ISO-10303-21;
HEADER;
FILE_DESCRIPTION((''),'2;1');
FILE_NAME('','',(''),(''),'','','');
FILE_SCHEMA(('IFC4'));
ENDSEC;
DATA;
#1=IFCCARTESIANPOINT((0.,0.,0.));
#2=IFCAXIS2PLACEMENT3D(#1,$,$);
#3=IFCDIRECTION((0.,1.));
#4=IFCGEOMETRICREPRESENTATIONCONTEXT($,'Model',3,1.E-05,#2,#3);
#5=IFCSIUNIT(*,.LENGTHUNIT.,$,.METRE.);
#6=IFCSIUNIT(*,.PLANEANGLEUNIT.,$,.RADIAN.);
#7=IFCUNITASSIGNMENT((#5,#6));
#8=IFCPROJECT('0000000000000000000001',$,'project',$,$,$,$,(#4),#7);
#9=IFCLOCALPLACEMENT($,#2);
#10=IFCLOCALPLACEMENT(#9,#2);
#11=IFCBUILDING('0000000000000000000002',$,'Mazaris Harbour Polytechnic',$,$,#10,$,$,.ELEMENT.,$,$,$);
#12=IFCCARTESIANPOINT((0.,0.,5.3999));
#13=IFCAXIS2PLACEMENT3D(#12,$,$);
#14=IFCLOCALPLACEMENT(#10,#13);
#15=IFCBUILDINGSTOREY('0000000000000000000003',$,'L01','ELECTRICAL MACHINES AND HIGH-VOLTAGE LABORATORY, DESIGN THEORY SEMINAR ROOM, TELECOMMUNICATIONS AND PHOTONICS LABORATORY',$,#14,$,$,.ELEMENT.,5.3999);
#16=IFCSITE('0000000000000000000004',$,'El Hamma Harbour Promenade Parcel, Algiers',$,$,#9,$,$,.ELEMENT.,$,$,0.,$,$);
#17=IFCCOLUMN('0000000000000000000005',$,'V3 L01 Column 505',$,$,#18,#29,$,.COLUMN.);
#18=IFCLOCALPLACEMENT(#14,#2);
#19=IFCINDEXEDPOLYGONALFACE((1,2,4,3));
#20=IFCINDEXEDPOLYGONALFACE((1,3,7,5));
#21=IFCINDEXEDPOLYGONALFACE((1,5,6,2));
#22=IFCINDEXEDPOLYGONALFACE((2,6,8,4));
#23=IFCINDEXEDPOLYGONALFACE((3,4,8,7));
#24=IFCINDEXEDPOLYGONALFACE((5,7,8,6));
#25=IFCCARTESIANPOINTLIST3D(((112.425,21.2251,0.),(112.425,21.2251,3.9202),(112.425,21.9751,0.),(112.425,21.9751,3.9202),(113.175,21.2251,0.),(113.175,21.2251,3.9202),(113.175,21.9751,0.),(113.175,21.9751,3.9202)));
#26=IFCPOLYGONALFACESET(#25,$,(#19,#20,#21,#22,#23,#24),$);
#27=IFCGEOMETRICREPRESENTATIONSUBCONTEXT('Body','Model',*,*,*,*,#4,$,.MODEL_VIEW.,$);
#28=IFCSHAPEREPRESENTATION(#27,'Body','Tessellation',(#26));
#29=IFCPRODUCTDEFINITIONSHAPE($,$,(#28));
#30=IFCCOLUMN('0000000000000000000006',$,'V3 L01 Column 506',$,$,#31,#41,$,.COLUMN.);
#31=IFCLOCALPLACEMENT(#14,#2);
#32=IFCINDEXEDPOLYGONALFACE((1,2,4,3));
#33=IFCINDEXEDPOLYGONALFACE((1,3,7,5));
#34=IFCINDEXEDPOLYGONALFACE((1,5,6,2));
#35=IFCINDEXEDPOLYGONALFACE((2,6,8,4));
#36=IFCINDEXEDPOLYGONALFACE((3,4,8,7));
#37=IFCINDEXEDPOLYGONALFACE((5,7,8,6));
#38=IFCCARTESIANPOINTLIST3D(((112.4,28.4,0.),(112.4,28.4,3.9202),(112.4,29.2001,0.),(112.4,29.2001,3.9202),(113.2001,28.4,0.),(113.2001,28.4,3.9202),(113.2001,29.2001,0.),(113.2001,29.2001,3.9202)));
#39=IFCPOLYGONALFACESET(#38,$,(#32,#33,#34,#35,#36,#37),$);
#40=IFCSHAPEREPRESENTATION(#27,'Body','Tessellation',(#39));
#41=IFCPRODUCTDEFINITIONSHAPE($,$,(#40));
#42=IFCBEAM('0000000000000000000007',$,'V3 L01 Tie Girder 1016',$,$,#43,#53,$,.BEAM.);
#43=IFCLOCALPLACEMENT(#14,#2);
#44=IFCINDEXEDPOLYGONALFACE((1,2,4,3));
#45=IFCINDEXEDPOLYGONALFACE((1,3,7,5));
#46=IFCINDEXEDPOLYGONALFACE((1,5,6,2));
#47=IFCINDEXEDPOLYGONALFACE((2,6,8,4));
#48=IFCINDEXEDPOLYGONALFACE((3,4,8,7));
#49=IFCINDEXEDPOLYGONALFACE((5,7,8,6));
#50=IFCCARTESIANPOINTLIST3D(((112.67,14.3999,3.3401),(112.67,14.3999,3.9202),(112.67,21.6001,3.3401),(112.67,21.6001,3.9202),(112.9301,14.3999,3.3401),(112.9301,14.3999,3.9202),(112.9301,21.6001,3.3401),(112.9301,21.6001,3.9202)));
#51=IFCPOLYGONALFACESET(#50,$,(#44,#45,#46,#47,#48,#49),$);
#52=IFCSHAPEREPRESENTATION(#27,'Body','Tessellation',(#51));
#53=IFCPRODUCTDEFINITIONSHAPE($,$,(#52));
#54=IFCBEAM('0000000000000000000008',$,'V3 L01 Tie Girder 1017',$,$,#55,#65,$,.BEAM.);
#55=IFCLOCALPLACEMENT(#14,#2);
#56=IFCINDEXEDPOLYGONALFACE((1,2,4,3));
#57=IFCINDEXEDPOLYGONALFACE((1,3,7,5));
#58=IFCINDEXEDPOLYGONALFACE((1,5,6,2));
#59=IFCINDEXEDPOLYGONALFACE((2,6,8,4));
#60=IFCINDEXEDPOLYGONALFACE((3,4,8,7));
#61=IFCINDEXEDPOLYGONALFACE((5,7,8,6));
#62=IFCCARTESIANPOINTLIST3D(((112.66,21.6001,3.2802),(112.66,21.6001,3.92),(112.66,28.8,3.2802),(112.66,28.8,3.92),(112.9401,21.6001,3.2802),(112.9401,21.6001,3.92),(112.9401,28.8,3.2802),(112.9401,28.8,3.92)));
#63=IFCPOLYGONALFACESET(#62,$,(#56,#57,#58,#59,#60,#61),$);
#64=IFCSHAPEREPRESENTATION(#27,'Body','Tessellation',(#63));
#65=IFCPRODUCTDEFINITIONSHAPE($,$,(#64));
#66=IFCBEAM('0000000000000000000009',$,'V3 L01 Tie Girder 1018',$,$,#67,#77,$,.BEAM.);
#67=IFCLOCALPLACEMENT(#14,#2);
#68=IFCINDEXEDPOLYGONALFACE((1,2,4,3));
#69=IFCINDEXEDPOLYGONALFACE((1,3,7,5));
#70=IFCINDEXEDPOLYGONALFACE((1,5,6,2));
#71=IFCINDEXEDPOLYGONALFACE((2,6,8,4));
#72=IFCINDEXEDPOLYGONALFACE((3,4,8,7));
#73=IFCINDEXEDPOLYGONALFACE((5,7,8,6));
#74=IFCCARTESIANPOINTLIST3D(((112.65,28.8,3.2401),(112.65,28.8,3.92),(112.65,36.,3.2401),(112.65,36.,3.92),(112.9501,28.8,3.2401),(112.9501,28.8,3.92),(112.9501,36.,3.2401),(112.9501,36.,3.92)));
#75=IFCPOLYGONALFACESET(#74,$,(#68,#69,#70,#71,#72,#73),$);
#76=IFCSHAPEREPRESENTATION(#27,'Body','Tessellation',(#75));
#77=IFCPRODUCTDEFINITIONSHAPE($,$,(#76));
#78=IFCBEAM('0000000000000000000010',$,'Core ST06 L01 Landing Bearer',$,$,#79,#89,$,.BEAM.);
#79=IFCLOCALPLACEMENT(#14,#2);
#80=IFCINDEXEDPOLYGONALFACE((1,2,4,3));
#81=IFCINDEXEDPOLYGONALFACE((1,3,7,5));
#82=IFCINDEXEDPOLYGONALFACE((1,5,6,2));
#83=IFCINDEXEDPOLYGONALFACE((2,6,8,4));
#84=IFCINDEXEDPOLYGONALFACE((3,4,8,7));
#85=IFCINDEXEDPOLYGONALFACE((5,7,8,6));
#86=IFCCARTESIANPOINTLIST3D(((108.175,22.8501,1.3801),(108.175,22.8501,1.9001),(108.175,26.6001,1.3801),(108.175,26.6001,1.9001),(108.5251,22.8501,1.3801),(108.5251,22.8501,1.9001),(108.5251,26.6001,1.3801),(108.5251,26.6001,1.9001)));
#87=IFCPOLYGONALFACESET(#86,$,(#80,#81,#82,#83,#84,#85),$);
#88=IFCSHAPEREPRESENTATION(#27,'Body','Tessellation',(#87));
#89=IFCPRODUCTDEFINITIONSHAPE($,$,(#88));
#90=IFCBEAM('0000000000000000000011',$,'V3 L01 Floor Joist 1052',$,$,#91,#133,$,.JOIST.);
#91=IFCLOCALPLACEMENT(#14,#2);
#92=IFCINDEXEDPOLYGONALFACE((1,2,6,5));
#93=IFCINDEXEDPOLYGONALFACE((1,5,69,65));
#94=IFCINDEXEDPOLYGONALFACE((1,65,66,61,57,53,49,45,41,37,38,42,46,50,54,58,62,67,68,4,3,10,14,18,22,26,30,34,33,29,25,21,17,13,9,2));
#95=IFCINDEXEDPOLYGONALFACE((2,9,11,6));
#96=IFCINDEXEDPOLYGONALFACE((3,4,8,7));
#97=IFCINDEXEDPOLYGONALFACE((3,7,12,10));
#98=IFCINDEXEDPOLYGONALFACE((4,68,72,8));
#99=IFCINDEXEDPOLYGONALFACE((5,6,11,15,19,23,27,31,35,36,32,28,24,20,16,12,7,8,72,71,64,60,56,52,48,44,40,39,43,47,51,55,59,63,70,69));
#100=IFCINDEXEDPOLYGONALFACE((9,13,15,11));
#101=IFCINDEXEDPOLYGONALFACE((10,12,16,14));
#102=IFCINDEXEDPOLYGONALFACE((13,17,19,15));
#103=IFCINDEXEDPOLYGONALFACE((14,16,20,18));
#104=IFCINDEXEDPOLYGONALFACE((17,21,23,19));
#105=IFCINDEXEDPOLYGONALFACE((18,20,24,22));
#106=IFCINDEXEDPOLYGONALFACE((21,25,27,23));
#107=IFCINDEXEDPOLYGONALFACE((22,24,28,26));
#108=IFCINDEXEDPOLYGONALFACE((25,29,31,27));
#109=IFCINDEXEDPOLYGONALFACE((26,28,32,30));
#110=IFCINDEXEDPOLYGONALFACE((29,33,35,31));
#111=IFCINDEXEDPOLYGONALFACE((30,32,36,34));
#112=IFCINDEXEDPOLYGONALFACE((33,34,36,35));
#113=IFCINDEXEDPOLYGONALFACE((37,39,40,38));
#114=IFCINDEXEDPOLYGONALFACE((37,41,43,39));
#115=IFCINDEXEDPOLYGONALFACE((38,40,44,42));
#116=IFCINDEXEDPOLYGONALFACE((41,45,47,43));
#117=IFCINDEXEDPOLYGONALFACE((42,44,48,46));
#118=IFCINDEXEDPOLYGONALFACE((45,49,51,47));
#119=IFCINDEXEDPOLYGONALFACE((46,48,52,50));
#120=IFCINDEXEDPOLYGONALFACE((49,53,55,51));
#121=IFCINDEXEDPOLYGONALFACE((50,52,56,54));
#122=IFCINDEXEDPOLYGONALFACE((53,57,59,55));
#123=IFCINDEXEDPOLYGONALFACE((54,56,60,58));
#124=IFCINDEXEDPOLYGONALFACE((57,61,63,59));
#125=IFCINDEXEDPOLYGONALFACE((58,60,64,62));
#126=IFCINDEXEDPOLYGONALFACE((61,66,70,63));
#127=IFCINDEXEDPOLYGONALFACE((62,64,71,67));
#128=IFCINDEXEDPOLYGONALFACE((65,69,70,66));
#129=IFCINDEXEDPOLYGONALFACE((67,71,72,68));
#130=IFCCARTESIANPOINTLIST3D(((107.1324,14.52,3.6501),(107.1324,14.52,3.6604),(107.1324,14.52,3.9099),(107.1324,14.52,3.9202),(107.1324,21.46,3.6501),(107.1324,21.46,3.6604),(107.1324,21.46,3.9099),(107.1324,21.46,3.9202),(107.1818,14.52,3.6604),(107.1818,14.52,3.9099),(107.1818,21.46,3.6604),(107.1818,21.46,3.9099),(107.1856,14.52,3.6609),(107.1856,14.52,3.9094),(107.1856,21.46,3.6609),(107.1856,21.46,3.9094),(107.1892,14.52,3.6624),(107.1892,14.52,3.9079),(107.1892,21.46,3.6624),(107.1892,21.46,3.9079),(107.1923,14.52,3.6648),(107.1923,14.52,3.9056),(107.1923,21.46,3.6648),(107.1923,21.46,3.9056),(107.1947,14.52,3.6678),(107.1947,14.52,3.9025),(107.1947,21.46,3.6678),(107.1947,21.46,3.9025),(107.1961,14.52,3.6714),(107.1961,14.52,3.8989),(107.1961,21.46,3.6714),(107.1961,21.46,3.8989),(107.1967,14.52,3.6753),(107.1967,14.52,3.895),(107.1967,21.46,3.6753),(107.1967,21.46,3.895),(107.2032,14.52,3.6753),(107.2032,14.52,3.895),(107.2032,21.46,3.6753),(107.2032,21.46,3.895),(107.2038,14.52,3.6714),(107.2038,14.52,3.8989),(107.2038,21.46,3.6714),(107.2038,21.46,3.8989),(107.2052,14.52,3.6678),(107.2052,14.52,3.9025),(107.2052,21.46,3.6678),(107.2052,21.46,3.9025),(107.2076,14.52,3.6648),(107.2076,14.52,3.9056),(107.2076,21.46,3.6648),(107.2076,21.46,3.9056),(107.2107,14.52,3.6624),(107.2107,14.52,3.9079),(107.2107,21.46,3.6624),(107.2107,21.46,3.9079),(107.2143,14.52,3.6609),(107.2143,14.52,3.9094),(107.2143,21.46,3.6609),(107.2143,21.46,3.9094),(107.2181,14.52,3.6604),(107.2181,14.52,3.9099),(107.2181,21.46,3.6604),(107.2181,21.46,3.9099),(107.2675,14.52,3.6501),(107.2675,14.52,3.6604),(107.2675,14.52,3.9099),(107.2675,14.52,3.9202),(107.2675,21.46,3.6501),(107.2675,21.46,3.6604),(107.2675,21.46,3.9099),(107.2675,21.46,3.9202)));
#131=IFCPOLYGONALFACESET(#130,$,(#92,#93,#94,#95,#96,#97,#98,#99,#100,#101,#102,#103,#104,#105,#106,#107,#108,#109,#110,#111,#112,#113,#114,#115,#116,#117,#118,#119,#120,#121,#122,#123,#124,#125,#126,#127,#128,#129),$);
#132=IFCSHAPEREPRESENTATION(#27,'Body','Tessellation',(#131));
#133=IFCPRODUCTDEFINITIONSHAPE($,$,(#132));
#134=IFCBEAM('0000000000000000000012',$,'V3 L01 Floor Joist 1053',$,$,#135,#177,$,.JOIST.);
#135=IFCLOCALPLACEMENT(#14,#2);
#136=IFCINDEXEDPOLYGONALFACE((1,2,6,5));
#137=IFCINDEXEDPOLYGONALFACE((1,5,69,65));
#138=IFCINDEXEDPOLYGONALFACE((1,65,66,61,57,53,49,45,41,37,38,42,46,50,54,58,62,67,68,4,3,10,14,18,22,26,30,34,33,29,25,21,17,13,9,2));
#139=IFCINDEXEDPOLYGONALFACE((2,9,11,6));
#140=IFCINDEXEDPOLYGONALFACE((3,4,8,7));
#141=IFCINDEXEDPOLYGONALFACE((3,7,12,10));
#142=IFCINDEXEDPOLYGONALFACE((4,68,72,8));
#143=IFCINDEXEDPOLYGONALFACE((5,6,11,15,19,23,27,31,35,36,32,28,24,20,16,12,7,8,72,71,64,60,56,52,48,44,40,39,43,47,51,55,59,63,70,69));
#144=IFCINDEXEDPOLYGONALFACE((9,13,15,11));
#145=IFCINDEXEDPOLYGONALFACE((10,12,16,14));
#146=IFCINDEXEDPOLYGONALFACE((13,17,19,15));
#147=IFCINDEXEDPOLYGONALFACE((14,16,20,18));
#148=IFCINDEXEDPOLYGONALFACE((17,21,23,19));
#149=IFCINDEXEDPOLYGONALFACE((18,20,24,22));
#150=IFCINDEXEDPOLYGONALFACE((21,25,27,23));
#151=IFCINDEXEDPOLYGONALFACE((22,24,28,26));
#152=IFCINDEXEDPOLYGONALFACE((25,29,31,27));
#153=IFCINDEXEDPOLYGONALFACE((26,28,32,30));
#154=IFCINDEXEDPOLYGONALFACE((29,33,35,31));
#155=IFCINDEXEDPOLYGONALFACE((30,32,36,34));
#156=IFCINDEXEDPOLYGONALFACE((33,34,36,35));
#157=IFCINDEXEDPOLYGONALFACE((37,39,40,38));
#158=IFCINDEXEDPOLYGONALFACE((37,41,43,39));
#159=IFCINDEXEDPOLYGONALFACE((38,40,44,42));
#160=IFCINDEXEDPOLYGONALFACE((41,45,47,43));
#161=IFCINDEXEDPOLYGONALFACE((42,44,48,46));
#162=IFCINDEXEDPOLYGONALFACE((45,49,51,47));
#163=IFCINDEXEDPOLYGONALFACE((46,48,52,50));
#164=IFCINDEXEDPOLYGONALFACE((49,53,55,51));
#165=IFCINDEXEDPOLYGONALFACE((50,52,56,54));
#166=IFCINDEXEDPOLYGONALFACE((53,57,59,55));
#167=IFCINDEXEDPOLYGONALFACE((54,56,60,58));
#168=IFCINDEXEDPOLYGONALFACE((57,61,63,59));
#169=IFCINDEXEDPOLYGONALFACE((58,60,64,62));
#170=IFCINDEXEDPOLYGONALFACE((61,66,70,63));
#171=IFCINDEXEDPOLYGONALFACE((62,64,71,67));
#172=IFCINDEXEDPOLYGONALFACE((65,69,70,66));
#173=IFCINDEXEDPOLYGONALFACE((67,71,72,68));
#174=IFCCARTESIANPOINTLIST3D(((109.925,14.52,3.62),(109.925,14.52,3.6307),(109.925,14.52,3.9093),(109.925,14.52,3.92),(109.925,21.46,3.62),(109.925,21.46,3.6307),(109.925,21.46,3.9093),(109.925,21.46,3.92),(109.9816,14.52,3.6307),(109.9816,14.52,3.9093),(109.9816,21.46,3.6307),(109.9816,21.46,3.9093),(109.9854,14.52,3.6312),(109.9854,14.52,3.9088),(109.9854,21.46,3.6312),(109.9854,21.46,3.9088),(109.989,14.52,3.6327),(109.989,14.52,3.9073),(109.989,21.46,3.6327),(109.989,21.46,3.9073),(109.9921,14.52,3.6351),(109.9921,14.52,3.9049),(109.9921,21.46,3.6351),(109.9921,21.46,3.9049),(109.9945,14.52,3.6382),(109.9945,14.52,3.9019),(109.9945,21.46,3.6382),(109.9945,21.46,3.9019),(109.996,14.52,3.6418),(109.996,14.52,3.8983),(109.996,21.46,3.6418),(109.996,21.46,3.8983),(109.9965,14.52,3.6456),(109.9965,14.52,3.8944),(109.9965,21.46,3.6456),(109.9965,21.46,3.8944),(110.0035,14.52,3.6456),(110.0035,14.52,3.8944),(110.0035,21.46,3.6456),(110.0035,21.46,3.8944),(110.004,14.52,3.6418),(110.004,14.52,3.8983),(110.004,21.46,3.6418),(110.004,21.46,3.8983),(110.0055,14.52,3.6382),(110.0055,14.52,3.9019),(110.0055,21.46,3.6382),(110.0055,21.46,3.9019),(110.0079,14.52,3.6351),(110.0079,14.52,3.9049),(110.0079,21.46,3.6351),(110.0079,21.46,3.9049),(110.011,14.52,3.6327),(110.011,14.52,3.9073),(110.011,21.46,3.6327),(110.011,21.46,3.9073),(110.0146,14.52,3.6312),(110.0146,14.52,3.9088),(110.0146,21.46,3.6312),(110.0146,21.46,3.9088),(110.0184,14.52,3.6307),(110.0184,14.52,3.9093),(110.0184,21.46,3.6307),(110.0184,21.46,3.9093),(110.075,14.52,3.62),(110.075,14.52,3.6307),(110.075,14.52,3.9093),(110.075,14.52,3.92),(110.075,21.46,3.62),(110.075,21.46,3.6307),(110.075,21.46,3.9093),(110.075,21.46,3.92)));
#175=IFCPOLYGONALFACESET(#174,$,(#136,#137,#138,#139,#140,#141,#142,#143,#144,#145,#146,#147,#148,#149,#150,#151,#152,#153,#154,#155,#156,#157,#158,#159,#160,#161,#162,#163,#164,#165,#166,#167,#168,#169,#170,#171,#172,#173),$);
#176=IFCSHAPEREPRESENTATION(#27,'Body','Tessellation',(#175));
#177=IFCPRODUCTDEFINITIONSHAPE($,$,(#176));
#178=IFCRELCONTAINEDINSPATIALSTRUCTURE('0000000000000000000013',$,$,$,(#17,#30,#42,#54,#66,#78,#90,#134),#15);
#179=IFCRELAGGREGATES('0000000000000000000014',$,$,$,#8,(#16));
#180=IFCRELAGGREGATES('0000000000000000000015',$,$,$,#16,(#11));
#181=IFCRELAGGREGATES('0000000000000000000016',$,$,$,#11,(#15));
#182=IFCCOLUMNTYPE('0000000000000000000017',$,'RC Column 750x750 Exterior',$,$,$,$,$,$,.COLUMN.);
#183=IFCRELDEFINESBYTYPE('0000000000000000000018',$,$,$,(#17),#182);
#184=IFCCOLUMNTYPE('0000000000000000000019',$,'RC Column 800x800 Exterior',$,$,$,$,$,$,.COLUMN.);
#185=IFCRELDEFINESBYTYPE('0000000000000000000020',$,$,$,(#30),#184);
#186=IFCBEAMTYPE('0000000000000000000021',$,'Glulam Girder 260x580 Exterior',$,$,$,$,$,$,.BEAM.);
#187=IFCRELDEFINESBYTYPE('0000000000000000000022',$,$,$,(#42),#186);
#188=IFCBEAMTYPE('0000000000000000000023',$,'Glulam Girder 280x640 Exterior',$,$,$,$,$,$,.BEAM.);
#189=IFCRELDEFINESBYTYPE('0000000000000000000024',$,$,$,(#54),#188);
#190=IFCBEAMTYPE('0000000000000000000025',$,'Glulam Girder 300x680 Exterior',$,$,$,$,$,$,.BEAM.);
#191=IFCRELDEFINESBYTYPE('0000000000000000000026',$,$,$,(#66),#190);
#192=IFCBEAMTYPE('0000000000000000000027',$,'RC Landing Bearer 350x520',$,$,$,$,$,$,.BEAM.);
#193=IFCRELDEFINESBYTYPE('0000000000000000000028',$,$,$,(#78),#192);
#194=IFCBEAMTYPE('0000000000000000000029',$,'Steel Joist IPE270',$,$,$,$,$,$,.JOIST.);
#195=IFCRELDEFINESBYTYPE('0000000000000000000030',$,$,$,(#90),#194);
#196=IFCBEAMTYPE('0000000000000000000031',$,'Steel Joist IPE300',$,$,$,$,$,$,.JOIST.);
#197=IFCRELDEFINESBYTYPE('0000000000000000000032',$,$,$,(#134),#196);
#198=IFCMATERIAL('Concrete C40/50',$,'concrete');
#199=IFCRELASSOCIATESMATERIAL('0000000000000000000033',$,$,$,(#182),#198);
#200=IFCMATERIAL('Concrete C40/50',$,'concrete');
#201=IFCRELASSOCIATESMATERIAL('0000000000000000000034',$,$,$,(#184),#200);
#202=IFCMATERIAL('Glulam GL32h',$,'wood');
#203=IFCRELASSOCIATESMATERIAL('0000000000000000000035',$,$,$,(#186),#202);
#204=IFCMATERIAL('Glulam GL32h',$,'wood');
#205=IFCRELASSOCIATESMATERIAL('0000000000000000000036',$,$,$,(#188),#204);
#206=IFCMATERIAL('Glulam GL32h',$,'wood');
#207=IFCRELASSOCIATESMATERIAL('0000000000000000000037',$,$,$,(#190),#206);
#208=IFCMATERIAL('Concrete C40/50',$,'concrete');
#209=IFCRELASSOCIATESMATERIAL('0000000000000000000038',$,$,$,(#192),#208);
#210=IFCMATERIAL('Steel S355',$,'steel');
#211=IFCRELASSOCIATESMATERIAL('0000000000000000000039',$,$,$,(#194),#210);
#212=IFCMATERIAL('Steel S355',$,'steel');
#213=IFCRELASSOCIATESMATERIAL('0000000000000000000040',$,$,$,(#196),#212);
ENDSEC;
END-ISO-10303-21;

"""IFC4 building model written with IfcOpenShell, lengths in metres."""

from ifc_helpers import new_model, si_unit, direction, frame, origin, origin_2d, place, context, subcontext, project, spatial, rectangle, i_section, extrude, material, material_profile, profile_set, type_object, element, save


model = new_model("IFC4")

# Units and contexts
model_context = context("Model", 3, precision=1e-05, world=origin(), true_north=direction((0.0, 1.0)))
body_context = subcontext(model_context, "Body", "Model", "MODEL_VIEW")
ifc_project = project(units=[si_unit("LENGTHUNIT", "METRE"), si_unit("PLANEANGLEUNIT", "RADIAN")], contexts=[model_context])

# Site, building, storey
site_placement = place(None, origin())
site = spatial("IfcSite", under=ifc_project, at=site_placement, Name="El Hamma Harbour Promenade Parcel, Algiers", CompositionType="ELEMENT", RefElevation=0.0)
building_placement = place(site_placement, origin())
building = spatial("IfcBuilding", under=site, at=building_placement, Name="Mazaris Harbour Polytechnic", CompositionType="ELEMENT")
storey_placement = place(building_placement, frame((0.0, 0.0, 5.3999)))
storey = spatial("IfcBuildingStorey", under=building, at=storey_placement, Name="L01", Description="ELECTRICAL MACHINES AND HIGH-VOLTAGE LABORATORY, DESIGN THEORY SEMINAR ROOM, TELECOMMUNICATIONS AND PHOTONICS LABORATORY", CompositionType="ELEMENT", Elevation=5.3999)

# Columns
ifc_material_1 = material(Name="Concrete C40/50", Category="concrete")
ifc_material_profile_1 = material_profile(ifc_material_1, rectangle(XDim=0.75, YDim=0.75, at=origin_2d()), Name="RECT750x750")
ifc_profile_set_1 = profile_set([ifc_material_profile_1], Name="Concrete C40/50")
column_type_1 = type_object("IfcColumnType", Name="RC Column 750x750 Exterior", PredefinedType="COLUMN", material=ifc_profile_set_1)
column_1_placement = place(storey_placement, frame((112.8, 21.6001, 0.0), z_axis=(0.0, 0.0, 1.0), x_axis=(1.0, 0.0, 0.0)))
element("IfcColumn", 1, at=column_1_placement, inside=storey, type_object=column_type_1, Name="V3 L01 Column 505", PredefinedType="COLUMN", context=body_context, shape_type="SweptSolid", body=[
    extrude(rectangle(XDim=0.75, YDim=0.75, at=origin_2d()), origin(), (0.0, 0.0, 1.0), 3.9202),
])
ifc_material_2 = material(Name="Concrete C40/50", Category="concrete")
ifc_material_profile_2 = material_profile(ifc_material_2, rectangle(XDim=0.8, YDim=0.8, at=origin_2d()), Name="RECT800x800")
ifc_profile_set_2 = profile_set([ifc_material_profile_2], Name="Concrete C40/50")
column_type_2 = type_object("IfcColumnType", Name="RC Column 800x800 Exterior", PredefinedType="COLUMN", material=ifc_profile_set_2)
column_2_placement = place(storey_placement, frame((112.8, 28.8, 0.0), z_axis=(0.0, 0.0, 1.0), x_axis=(1.0, 0.0, 0.0)))
element("IfcColumn", 2, at=column_2_placement, inside=storey, type_object=column_type_2, Name="V3 L01 Column 506", PredefinedType="COLUMN", context=body_context, shape_type="SweptSolid", body=[
    extrude(rectangle(XDim=0.8, YDim=0.8, at=origin_2d()), origin(), (0.0, 0.0, 1.0), 3.9202),
])

# Beams
ifc_material_3 = material(Name="Glulam GL32h", Category="wood")
ifc_material_profile_3 = material_profile(ifc_material_3, rectangle(XDim=0.26, YDim=0.5801, at=origin_2d()), Name="RECT260x580")
ifc_profile_set_3 = profile_set([ifc_material_profile_3], Name="Glulam GL32h")
beam_type_1 = type_object("IfcBeamType", Name="Glulam Girder 260x580 Exterior", PredefinedType="BEAM", material=ifc_profile_set_3)
beam_1_placement = place(storey_placement, frame((112.8, 14.3999, 3.6301), z_axis=(0.0, 1.0, 0.0), x_axis=(-1.0, 0.0, 0.0)))
element("IfcBeam", 3, at=beam_1_placement, inside=storey, type_object=beam_type_1, Name="V3 L01 Tie Girder 1016", PredefinedType="BEAM", context=body_context, shape_type="SweptSolid", body=[
    extrude(rectangle(XDim=0.26, YDim=0.5801, at=origin_2d()), origin(), (0.0, 0.0, 1.0), 7.2002),
])
ifc_material_4 = material(Name="Glulam GL32h", Category="wood")
ifc_material_profile_4 = material_profile(ifc_material_4, rectangle(XDim=0.28, YDim=0.6399, at=origin_2d()), Name="RECT280x640")
ifc_profile_set_4 = profile_set([ifc_material_profile_4], Name="Glulam GL32h")
beam_type_2 = type_object("IfcBeamType", Name="Glulam Girder 280x640 Exterior", PredefinedType="BEAM", material=ifc_profile_set_4)
beam_2_placement = place(storey_placement, frame((112.8, 21.6001, 3.6001), z_axis=(0.0, 1.0, 0.0), x_axis=(-1.0, 0.0, 0.0)))
element("IfcBeam", 4, at=beam_2_placement, inside=storey, type_object=beam_type_2, Name="V3 L01 Tie Girder 1017", PredefinedType="BEAM", context=body_context, shape_type="SweptSolid", body=[
    extrude(rectangle(XDim=0.28, YDim=0.6399, at=origin_2d()), origin(), (0.0, 0.0, 1.0), 7.2),
])
ifc_material_5 = material(Name="Glulam GL32h", Category="wood")
ifc_material_profile_5 = material_profile(ifc_material_5, rectangle(XDim=0.3, YDim=0.6799, at=origin_2d()), Name="RECT300x680")
ifc_profile_set_5 = profile_set([ifc_material_profile_5], Name="Glulam GL32h")
beam_type_3 = type_object("IfcBeamType", Name="Glulam Girder 300x680 Exterior", PredefinedType="BEAM", material=ifc_profile_set_5)
beam_3_placement = place(storey_placement, frame((112.8, 28.8, 3.5801), z_axis=(0.0, 1.0, 0.0), x_axis=(-1.0, 0.0, 0.0)))
element("IfcBeam", 5, at=beam_3_placement, inside=storey, type_object=beam_type_3, Name="V3 L01 Tie Girder 1018", PredefinedType="BEAM", context=body_context, shape_type="SweptSolid", body=[
    extrude(rectangle(XDim=0.3, YDim=0.6799, at=origin_2d()), origin(), (0.0, 0.0, 1.0), 7.2),
])
ifc_material_6 = material(Name="Concrete C40/50", Category="concrete")
ifc_material_profile_6 = material_profile(ifc_material_6, rectangle(XDim=0.3501, YDim=0.52, at=origin_2d()), Name="RECT350x520")
ifc_profile_set_6 = profile_set([ifc_material_profile_6], Name="Concrete C40/50")
beam_type_4 = type_object("IfcBeamType", Name="RC Landing Bearer 350x520", PredefinedType="BEAM", material=ifc_profile_set_6)
beam_4_placement = place(storey_placement, frame((108.3501, 22.8501, 1.6401), z_axis=(0.0, 1.0, 0.0), x_axis=(-1.0, 0.0, 0.0)))
element("IfcBeam", 6, at=beam_4_placement, inside=storey, type_object=beam_type_4, Name="Core ST06 L01 Landing Bearer", PredefinedType="BEAM", context=body_context, shape_type="SweptSolid", body=[
    extrude(rectangle(XDim=0.3501, YDim=0.52, at=origin_2d()), origin(), (0.0, 0.0, 1.0), 3.75),
])
ifc_material_7 = material(Name="Steel S355", Category="steel")
ifc_material_profile_7 = material_profile(ifc_material_7, i_section(OverallWidth=0.135, OverallDepth=0.27, WebThickness=0.0066, FlangeThickness=0.0103, FilletRadius=0.0149, at=origin_2d()), Name="IPE 270")
ifc_profile_set_7 = profile_set([ifc_material_profile_7], Name="Steel S355")
beam_type_5 = type_object("IfcBeamType", Name="Steel Joist IPE270", PredefinedType="JOIST", material=ifc_profile_set_7)
beam_5_placement = place(storey_placement, frame((107.2, 14.52, 3.7852), z_axis=(0.0, 1.0, 0.0), x_axis=(-1.0, 0.0, 0.0)))
element("IfcBeam", 7, at=beam_5_placement, inside=storey, type_object=beam_type_5, Name="V3 L01 Floor Joist 1052", PredefinedType="JOIST", context=body_context, shape_type="SweptSolid", body=[
    extrude(i_section(OverallWidth=0.135, OverallDepth=0.27, WebThickness=0.0066, FlangeThickness=0.0103, FilletRadius=0.0149, at=origin_2d()), origin(), (0.0, 0.0, 1.0), 6.9399),
])
ifc_material_8 = material(Name="Steel S355", Category="steel")
ifc_material_profile_8 = material_profile(ifc_material_8, i_section(OverallWidth=0.1499, OverallDepth=0.3, WebThickness=0.0071, FlangeThickness=0.0107, FilletRadius=0.0149, at=origin_2d()), Name="IPE 300")
ifc_profile_set_8 = profile_set([ifc_material_profile_8], Name="Steel S355")
beam_type_6 = type_object("IfcBeamType", Name="Steel Joist IPE300", PredefinedType="JOIST", material=ifc_profile_set_8)
beam_6_placement = place(storey_placement, frame((110.0, 14.52, 3.77), z_axis=(0.0, 1.0, 0.0), x_axis=(-1.0, 0.0, 0.0)))
element("IfcBeam", 8, at=beam_6_placement, inside=storey, type_object=beam_type_6, Name="V3 L01 Floor Joist 1053", PredefinedType="JOIST", context=body_context, shape_type="SweptSolid", body=[
    extrude(i_section(OverallWidth=0.1499, OverallDepth=0.3, WebThickness=0.0071, FlangeThickness=0.0107, FilletRadius=0.0149, at=origin_2d()), origin(), (0.0, 0.0, 1.0), 6.9399),
])

save(model, "model.ifc")
